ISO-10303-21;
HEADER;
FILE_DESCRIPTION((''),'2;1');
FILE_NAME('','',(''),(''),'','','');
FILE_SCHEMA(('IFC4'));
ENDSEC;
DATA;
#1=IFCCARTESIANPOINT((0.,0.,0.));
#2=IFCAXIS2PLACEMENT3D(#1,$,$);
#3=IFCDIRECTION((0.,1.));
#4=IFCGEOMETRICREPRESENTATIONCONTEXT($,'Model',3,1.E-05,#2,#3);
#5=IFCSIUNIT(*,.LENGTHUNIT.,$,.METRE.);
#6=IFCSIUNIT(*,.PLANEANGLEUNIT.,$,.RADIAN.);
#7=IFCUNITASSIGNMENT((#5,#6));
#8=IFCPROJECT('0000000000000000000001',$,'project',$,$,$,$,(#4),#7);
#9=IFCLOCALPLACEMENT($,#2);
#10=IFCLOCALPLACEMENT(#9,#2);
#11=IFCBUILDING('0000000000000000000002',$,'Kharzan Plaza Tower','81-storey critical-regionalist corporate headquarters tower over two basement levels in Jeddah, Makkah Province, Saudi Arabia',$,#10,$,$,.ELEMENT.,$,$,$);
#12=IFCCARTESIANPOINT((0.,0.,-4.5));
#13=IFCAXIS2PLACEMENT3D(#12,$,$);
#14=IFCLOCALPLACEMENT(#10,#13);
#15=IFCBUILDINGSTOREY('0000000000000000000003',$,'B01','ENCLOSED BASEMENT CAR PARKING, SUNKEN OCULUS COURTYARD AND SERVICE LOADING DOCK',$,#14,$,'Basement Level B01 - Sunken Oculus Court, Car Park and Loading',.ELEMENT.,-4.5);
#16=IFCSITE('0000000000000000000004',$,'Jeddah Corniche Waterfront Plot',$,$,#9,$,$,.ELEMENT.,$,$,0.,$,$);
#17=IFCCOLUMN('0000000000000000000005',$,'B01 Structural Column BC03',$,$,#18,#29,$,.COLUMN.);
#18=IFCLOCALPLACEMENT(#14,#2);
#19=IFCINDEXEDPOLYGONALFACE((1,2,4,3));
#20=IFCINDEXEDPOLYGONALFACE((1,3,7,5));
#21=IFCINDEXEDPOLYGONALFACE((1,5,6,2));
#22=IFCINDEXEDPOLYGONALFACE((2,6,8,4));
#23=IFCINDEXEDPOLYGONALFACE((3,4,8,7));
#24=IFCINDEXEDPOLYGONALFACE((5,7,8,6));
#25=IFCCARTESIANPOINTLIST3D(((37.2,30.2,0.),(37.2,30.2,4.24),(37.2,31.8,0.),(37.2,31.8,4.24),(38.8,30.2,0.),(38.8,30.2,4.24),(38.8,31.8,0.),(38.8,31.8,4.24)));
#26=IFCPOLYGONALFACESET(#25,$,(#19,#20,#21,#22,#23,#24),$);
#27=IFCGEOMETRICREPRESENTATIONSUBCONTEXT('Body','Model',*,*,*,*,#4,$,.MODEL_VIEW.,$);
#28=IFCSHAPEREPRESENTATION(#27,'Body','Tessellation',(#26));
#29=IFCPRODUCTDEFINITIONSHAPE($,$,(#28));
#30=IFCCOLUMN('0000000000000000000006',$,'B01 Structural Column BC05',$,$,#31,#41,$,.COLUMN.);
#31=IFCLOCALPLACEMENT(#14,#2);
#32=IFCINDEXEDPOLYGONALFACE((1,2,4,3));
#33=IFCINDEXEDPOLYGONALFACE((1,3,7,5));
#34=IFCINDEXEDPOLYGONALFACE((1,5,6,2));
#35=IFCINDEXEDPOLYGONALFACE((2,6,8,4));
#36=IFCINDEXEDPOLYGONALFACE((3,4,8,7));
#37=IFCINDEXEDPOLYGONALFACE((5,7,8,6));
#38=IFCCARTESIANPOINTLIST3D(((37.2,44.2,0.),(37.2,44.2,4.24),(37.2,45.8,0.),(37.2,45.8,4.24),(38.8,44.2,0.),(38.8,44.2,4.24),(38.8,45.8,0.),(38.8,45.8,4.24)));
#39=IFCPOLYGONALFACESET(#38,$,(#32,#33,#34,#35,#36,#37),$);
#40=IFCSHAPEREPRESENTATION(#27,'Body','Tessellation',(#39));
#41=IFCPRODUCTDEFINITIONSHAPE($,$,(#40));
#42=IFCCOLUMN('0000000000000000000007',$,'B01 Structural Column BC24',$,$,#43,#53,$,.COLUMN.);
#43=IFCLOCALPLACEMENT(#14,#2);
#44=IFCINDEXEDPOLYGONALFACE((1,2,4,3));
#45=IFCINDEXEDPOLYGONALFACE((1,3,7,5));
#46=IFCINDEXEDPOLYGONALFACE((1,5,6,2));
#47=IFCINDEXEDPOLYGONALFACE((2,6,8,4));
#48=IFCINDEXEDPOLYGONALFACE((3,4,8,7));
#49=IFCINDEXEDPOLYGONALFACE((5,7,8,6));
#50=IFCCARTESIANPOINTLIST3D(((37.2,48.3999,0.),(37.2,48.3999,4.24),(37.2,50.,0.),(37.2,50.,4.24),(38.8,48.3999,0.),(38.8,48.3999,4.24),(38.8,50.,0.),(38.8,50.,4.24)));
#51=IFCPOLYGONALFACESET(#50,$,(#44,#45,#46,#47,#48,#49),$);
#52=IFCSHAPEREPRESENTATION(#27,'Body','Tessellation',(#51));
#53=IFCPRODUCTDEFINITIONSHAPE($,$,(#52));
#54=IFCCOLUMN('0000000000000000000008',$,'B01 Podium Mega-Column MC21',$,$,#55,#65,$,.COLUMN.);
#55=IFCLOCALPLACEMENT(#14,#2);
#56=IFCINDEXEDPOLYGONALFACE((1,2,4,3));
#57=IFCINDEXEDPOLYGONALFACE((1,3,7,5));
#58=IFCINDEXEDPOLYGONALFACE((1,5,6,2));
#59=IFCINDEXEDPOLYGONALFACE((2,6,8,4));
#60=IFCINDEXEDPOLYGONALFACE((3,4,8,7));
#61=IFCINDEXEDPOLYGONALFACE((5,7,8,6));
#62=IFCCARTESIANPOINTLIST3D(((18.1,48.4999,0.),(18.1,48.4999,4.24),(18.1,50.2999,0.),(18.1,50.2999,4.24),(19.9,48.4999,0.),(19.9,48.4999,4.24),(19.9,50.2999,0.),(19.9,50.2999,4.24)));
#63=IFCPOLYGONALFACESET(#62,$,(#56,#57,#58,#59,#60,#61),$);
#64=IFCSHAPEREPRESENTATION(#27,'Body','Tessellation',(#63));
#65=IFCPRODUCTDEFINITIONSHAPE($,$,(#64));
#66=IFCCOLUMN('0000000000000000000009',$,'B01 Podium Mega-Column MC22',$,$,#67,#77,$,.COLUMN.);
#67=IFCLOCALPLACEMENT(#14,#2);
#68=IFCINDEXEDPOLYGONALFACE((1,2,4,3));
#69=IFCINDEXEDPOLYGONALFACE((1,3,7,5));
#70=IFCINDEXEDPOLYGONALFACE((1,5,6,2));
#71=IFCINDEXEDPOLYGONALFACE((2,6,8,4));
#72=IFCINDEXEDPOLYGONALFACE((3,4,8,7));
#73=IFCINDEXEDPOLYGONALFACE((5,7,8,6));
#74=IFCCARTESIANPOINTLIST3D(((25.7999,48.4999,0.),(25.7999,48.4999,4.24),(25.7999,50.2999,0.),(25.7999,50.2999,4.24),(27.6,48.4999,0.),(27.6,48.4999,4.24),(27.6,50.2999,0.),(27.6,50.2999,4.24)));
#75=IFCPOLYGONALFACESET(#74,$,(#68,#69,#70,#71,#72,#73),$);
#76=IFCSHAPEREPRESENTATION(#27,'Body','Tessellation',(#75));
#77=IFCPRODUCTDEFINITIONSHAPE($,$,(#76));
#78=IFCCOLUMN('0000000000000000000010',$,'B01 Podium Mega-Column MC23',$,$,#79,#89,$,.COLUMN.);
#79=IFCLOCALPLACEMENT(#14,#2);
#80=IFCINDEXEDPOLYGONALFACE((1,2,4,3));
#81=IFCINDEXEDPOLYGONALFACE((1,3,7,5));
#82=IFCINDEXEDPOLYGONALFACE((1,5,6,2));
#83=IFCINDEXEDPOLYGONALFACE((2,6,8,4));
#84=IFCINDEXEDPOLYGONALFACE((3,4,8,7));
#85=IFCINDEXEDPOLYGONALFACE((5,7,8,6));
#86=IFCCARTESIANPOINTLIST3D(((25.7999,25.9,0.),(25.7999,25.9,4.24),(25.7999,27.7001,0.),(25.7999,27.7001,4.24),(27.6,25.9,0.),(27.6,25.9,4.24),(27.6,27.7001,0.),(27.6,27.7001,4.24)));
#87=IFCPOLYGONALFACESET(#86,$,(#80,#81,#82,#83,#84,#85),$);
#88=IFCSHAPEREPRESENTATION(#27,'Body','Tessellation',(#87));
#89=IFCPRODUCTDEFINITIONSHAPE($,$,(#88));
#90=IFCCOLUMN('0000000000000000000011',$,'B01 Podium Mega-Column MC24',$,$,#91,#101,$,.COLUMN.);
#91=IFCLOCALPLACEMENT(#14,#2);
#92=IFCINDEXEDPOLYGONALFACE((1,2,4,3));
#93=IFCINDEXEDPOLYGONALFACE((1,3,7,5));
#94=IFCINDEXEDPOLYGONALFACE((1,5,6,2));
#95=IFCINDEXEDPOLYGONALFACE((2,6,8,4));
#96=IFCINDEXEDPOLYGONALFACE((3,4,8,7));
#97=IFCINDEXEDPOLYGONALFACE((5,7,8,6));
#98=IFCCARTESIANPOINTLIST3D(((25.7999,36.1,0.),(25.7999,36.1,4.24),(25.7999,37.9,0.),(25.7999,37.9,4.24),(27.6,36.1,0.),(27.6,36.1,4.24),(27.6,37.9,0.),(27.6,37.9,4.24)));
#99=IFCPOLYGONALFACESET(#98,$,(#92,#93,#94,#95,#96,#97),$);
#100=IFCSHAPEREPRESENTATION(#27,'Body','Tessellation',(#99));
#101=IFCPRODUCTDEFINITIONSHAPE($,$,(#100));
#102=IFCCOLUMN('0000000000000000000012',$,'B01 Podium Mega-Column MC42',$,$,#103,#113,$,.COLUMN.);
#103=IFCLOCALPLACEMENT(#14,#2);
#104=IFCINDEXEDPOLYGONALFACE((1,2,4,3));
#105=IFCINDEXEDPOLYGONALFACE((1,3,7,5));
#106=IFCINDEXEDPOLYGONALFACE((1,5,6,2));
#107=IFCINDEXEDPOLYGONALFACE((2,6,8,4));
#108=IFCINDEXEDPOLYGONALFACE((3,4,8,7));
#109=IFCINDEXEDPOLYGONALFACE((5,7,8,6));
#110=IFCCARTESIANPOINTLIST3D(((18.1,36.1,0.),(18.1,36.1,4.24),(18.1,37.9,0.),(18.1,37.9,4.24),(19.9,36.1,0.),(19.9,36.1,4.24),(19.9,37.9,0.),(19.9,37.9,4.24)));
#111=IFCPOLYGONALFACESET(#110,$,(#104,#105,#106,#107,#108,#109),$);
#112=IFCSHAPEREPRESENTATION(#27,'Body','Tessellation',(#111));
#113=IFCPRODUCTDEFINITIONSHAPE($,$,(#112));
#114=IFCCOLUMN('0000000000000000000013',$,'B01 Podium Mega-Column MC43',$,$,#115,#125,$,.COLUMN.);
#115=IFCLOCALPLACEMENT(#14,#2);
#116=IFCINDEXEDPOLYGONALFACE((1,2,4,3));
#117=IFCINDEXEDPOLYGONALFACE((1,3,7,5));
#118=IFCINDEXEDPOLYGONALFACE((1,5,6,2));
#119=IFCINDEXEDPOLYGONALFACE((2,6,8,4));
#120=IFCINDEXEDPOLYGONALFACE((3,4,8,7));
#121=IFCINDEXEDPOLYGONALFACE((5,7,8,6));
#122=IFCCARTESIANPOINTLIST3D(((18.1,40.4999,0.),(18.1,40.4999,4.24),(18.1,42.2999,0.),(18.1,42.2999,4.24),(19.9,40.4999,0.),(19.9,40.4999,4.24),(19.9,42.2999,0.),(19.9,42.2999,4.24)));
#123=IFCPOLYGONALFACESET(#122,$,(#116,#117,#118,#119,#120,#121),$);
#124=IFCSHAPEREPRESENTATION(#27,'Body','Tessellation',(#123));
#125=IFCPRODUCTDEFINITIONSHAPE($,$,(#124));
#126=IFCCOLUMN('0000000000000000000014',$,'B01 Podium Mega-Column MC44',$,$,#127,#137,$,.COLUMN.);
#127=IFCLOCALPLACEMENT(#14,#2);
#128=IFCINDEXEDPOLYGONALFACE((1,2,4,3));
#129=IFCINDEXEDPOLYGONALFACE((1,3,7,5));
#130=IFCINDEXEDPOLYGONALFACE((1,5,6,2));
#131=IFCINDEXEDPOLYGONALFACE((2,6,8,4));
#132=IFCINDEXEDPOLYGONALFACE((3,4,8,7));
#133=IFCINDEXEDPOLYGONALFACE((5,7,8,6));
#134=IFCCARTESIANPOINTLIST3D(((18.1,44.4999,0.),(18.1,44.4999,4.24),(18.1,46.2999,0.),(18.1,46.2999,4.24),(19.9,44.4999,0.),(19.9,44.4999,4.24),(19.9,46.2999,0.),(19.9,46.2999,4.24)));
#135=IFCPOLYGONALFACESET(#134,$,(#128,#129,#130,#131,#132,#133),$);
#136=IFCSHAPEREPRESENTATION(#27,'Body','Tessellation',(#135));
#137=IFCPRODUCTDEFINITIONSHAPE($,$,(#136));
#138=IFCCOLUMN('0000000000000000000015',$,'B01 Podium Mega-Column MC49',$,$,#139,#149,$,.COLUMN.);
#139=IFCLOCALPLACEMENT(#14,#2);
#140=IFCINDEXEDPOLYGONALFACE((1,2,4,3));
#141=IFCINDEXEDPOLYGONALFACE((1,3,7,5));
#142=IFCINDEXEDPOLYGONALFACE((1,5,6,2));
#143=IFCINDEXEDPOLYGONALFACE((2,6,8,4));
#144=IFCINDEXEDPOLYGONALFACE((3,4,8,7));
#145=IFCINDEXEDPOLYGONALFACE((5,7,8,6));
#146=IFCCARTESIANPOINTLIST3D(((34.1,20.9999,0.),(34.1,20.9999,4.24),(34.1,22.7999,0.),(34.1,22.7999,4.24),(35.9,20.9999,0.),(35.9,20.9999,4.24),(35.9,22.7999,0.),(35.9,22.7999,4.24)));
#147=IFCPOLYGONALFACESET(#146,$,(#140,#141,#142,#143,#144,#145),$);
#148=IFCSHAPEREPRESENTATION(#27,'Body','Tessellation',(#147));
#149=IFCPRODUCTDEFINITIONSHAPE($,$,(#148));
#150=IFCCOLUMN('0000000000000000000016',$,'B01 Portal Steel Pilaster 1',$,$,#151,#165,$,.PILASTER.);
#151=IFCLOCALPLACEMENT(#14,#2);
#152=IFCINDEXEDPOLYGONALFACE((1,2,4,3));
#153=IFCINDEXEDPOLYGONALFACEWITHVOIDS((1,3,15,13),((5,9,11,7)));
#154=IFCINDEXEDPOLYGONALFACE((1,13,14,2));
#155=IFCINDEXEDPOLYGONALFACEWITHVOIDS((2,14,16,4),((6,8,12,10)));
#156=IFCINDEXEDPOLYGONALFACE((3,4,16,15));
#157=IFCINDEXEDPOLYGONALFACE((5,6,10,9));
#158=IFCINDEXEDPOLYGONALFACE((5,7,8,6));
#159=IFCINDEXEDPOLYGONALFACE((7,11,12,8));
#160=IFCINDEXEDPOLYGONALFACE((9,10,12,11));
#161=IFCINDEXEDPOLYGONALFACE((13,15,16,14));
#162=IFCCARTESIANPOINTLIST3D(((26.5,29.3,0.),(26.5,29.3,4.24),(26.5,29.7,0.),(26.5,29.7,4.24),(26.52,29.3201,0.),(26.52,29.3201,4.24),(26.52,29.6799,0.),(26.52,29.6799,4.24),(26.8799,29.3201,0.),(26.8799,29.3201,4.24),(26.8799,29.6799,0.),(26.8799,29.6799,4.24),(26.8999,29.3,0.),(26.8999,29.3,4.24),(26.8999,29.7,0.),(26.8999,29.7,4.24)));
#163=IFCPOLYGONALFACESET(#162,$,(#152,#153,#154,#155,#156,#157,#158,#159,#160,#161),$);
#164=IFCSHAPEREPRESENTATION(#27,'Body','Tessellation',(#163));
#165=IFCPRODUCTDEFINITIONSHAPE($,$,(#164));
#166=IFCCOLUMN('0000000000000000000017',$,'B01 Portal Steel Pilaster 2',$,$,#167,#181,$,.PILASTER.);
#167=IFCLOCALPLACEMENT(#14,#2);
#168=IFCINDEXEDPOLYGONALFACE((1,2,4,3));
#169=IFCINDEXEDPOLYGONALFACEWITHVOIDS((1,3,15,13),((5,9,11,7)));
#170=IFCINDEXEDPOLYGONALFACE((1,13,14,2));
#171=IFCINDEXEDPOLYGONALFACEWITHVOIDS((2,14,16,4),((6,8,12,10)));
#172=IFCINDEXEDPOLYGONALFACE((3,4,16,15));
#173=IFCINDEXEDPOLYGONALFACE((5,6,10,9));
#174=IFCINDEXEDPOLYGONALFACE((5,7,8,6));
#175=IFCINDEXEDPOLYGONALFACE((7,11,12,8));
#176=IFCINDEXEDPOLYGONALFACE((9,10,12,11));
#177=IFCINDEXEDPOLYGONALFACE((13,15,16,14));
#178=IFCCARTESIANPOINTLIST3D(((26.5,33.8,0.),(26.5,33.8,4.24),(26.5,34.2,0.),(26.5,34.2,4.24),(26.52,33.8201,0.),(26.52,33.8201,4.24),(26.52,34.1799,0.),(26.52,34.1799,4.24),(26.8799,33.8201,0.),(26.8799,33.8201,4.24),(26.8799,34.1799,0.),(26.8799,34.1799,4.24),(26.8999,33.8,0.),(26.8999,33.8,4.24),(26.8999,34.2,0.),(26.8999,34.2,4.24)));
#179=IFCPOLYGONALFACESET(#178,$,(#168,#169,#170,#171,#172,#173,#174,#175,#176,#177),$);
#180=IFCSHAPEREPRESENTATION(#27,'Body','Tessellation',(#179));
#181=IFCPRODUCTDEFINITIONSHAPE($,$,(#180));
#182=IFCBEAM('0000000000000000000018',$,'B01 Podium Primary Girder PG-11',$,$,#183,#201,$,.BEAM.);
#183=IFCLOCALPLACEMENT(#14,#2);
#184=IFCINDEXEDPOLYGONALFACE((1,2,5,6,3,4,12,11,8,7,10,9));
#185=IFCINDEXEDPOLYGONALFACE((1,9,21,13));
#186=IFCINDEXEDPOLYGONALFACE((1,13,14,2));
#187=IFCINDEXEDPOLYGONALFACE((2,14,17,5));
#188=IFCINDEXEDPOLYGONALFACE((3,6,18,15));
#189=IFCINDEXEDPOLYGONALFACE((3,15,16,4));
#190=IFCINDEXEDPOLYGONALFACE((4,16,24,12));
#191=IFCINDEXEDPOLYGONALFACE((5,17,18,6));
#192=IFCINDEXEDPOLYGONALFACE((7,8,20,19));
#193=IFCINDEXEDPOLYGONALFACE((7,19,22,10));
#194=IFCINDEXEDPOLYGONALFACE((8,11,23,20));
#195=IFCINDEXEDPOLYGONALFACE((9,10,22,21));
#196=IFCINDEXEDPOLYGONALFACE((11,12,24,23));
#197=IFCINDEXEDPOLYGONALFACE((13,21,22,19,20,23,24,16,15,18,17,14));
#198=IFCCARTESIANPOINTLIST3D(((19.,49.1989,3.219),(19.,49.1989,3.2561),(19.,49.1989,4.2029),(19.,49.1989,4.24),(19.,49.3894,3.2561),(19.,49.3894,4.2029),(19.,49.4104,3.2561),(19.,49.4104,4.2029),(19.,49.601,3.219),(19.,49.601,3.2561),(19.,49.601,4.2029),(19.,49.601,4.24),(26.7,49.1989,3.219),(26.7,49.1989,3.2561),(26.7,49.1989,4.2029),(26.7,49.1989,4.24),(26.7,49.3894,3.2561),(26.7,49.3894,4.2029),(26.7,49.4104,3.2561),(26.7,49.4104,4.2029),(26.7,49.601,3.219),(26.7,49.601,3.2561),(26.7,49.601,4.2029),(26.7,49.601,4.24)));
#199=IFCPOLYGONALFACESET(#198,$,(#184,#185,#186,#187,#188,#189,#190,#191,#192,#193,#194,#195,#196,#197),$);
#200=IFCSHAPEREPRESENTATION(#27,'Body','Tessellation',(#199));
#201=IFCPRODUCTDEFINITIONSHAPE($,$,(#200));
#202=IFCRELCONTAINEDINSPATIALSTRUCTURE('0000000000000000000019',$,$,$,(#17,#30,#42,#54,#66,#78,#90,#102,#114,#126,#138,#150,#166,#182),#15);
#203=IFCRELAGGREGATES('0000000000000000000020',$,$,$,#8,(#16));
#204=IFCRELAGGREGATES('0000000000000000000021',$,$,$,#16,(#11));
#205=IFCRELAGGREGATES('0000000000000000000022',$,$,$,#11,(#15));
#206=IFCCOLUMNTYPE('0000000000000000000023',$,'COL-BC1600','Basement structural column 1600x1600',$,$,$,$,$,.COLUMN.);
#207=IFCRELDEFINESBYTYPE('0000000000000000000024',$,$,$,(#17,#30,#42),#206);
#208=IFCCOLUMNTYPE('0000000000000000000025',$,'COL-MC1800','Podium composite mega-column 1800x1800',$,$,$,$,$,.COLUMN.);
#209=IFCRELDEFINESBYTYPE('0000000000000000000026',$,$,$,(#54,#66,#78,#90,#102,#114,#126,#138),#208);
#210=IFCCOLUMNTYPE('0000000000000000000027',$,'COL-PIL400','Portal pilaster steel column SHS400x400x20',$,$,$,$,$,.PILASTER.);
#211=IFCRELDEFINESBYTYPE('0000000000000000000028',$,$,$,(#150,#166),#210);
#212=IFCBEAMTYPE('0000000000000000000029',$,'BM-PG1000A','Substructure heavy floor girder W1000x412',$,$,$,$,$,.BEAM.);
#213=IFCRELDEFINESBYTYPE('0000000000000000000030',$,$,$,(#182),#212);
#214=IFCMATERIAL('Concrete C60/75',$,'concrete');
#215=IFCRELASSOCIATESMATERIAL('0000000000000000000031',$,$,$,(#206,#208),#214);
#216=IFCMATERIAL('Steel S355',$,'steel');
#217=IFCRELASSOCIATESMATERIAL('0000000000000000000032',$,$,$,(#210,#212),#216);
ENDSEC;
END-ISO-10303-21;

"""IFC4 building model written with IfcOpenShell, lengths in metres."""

from ifc_helpers import new_model, si_unit, direction, frame, origin, origin_2d, place, context, subcontext, project, spatial, rectangle, hollow_rectangle, i_section, extrude, source, transform, mapped, material, material_profile, profile_set, type_object, element, save


model = new_model("IFC4")

# Units and contexts
model_context = context("Model", 3, precision=1e-05, world=origin(), true_north=direction((0.0, 1.0)))
body_context = subcontext(model_context, "Body", "Model", "MODEL_VIEW")
ifc_project = project(units=[si_unit("LENGTHUNIT", "METRE"), si_unit("PLANEANGLEUNIT", "RADIAN")], contexts=[model_context])

# Site, building, storey
site_placement = place(None, origin())
site = spatial("IfcSite", under=ifc_project, at=site_placement, Name="Jeddah Corniche Waterfront Plot", CompositionType="ELEMENT", RefElevation=0.0)
building_placement = place(site_placement, origin())
building = spatial("IfcBuilding", under=site, at=building_placement, Name="Kharzan Plaza Tower", Description="81-storey critical-regionalist corporate headquarters tower over two basement levels in Jeddah, Makkah Province, Saudi Arabia", CompositionType="ELEMENT")
storey_placement = place(building_placement, frame((0.0, 0.0, -4.5)))
storey = spatial("IfcBuildingStorey", under=building, at=storey_placement, Name="B01", Description="ENCLOSED BASEMENT CAR PARKING, SUNKEN OCULUS COURTYARD AND SERVICE LOADING DOCK", LongName="Basement Level B01 - Sunken Oculus Court, Car Park and Loading", CompositionType="ELEMENT", Elevation=-4.5)

# Columns
ifc_material_1 = material(Name="Concrete C60/75", Category="concrete")
ifc_material_profile_1 = material_profile(ifc_material_1, rectangle(XDim=1.6001, YDim=1.6001, at=origin_2d()), Name="RC-MC1600x1600")
ifc_profile_set_1 = profile_set([ifc_material_profile_1], Name="Concrete C60/75")
column_type_1 = type_object("IfcColumnType", Name="COL-BC1600", Description="Basement structural column 1600x1600", PredefinedType="COLUMN", material=ifc_profile_set_1)
shared_shape_1 = source(origin(), body_context, "Body", "SweptSolid", [
    extrude(rectangle(XDim=1.6001, YDim=1.6001, at=origin_2d()), origin(), (0.0, 0.0, 1.0), 4.24),
])
for number, where, z_axis, x_axis, name in (
    (1, (38.0, 31.0, 0.0), (0.0, 0.0, 1.0), (1.0, 0.0, 0.0), "B01 Structural Column BC03"),
    (2, (38.0, 45.0, 0.0), (0.0, 0.0, 1.0), (1.0, 0.0, 0.0), "B01 Structural Column BC05"),
    (3, (38.0, 49.2, 0.0), (0.0, 0.0, 1.0), (1.0, 0.0, 0.0), "B01 Structural Column BC24"),
):
    element("IfcColumn", number, at=place(storey_placement, frame(where, z_axis=z_axis, x_axis=x_axis)), inside=storey, type_object=column_type_1, Name=name, PredefinedType="COLUMN", context=body_context, shape_type="MappedRepresentation", body=[
        mapped(shared_shape_1, transform((0.0, 0.0, 0.0), x_axis=(1.0, 0.0, 0.0), y_axis=(0.0, 1.0, 0.0), z_axis=(0.0, 0.0, 1.0))),
    ])
ifc_material_profile_2 = material_profile(ifc_material_1, rectangle(XDim=1.8, YDim=1.8, at=origin_2d()), Name="RC-MC1800x1800")
ifc_profile_set_2 = profile_set([ifc_material_profile_2], Name="Concrete C60/75")
column_type_2 = type_object("IfcColumnType", Name="COL-MC1800", Description="Podium composite mega-column 1800x1800", PredefinedType="COLUMN", material=ifc_profile_set_2)
shared_shape_2 = source(origin(), body_context, "Body", "SweptSolid", [
    extrude(rectangle(XDim=1.8, YDim=1.8, at=origin_2d()), origin(), (0.0, 0.0, 1.0), 4.24),
])
for number, where, z_axis, x_axis, name in (
    (4, (19.0, 49.3999, 0.0), (0.0, 0.0, 1.0), (1.0, 0.0, 0.0), "B01 Podium Mega-Column MC21"),
    (5, (26.7, 49.3999, 0.0), (0.0, 0.0, 1.0), (1.0, 0.0, 0.0), "B01 Podium Mega-Column MC22"),
    (6, (26.7, 26.8, 0.0), (0.0, 0.0, 1.0), (1.0, 0.0, 0.0), "B01 Podium Mega-Column MC23"),
    (7, (26.7, 37.0, 0.0), (0.0, 0.0, 1.0), (1.0, 0.0, 0.0), "B01 Podium Mega-Column MC24"),
    (8, (19.0, 37.0, 0.0), (0.0, 0.0, 1.0), (1.0, 0.0, 0.0), "B01 Podium Mega-Column MC42"),
    (9, (19.0, 41.3999, 0.0), (0.0, 0.0, 1.0), (1.0, 0.0, 0.0), "B01 Podium Mega-Column MC43"),
    (10, (19.0, 45.3999, 0.0), (0.0, 0.0, 1.0), (1.0, 0.0, 0.0), "B01 Podium Mega-Column MC44"),
    (11, (35.0, 21.8999, 0.0), (0.0, 0.0, 1.0), (1.0, 0.0, 0.0), "B01 Podium Mega-Column MC49"),
):
    element("IfcColumn", number, at=place(storey_placement, frame(where, z_axis=z_axis, x_axis=x_axis)), inside=storey, type_object=column_type_2, Name=name, PredefinedType="COLUMN", context=body_context, shape_type="MappedRepresentation", body=[
        mapped(shared_shape_2, transform((0.0, 0.0, 0.0), x_axis=(1.0, 0.0, 0.0), y_axis=(0.0, 1.0, 0.0), z_axis=(0.0, 0.0, 1.0))),
    ])
ifc_material_2 = material(Name="Steel S355", Category="steel")
ifc_material_profile_3 = material_profile(ifc_material_2, hollow_rectangle(XDim=0.3999, YDim=0.3999, WallThickness=0.02, at=origin_2d()), Name="SHS400x400x20")
ifc_profile_set_3 = profile_set([ifc_material_profile_3], Name="Steel S355")
column_type_3 = type_object("IfcColumnType", Name="COL-PIL400", Description="Portal pilaster steel column SHS400x400x20", PredefinedType="PILASTER", material=ifc_profile_set_3)
shared_shape_3 = source(origin(), body_context, "Body", "SweptSolid", [
    extrude(hollow_rectangle(XDim=0.3999, YDim=0.3999, WallThickness=0.02, at=origin_2d()), origin(), (0.0, 0.0, 1.0), 4.24),
])
for number, where, z_axis, x_axis, name in (
    (12, (26.7, 29.5, 0.0), (0.0, 0.0, 1.0), (1.0, 0.0, 0.0), "B01 Portal Steel Pilaster 1"),
    (13, (26.7, 34.0, 0.0), (0.0, 0.0, 1.0), (1.0, 0.0, 0.0), "B01 Portal Steel Pilaster 2"),
):
    element("IfcColumn", number, at=place(storey_placement, frame(where, z_axis=z_axis, x_axis=x_axis)), inside=storey, type_object=column_type_3, Name=name, PredefinedType="PILASTER", context=body_context, shape_type="MappedRepresentation", body=[
        mapped(shared_shape_3, transform((0.0, 0.0, 0.0), x_axis=(1.0, 0.0, 0.0), y_axis=(0.0, 1.0, 0.0), z_axis=(0.0, 0.0, 1.0))),
    ])

# Beam
ifc_material_profile_4 = material_profile(ifc_material_2, i_section(OverallWidth=0.4021, OverallDepth=1.021, WebThickness=0.021, FlangeThickness=0.0371, at=origin_2d()), Name="W1000x412")
ifc_profile_set_4 = profile_set([ifc_material_profile_4], Name="Steel S355")
beam_type = type_object("IfcBeamType", Name="BM-PG1000A", Description="Substructure heavy floor girder W1000x412", PredefinedType="BEAM", material=ifc_profile_set_4)
shared_shape_4 = source(origin(), body_context, "Body", "SweptSolid", [
    extrude(i_section(OverallWidth=0.4021, OverallDepth=1.021, WebThickness=0.021, FlangeThickness=0.0371, at=origin_2d()), origin(), (0.0, 0.0, 1.0), 7.7),
])
beam_1_placement = place(storey_placement, frame((19.0, 49.3999, 3.7295), z_axis=(1.0, 0.0, 0.0), x_axis=(0.0, 1.0, 0.0)))
element("IfcBeam", 14, at=beam_1_placement, inside=storey, type_object=beam_type, Name="B01 Podium Primary Girder PG-11", PredefinedType="BEAM", context=body_context, shape_type="MappedRepresentation", body=[
    mapped(shared_shape_4, transform((0.0, 0.0, 0.0), x_axis=(1.0, 0.0, 0.0), y_axis=(0.0, 1.0, 0.0), z_axis=(0.0, 0.0, 1.0))),
])

save(model, "model.ifc")
